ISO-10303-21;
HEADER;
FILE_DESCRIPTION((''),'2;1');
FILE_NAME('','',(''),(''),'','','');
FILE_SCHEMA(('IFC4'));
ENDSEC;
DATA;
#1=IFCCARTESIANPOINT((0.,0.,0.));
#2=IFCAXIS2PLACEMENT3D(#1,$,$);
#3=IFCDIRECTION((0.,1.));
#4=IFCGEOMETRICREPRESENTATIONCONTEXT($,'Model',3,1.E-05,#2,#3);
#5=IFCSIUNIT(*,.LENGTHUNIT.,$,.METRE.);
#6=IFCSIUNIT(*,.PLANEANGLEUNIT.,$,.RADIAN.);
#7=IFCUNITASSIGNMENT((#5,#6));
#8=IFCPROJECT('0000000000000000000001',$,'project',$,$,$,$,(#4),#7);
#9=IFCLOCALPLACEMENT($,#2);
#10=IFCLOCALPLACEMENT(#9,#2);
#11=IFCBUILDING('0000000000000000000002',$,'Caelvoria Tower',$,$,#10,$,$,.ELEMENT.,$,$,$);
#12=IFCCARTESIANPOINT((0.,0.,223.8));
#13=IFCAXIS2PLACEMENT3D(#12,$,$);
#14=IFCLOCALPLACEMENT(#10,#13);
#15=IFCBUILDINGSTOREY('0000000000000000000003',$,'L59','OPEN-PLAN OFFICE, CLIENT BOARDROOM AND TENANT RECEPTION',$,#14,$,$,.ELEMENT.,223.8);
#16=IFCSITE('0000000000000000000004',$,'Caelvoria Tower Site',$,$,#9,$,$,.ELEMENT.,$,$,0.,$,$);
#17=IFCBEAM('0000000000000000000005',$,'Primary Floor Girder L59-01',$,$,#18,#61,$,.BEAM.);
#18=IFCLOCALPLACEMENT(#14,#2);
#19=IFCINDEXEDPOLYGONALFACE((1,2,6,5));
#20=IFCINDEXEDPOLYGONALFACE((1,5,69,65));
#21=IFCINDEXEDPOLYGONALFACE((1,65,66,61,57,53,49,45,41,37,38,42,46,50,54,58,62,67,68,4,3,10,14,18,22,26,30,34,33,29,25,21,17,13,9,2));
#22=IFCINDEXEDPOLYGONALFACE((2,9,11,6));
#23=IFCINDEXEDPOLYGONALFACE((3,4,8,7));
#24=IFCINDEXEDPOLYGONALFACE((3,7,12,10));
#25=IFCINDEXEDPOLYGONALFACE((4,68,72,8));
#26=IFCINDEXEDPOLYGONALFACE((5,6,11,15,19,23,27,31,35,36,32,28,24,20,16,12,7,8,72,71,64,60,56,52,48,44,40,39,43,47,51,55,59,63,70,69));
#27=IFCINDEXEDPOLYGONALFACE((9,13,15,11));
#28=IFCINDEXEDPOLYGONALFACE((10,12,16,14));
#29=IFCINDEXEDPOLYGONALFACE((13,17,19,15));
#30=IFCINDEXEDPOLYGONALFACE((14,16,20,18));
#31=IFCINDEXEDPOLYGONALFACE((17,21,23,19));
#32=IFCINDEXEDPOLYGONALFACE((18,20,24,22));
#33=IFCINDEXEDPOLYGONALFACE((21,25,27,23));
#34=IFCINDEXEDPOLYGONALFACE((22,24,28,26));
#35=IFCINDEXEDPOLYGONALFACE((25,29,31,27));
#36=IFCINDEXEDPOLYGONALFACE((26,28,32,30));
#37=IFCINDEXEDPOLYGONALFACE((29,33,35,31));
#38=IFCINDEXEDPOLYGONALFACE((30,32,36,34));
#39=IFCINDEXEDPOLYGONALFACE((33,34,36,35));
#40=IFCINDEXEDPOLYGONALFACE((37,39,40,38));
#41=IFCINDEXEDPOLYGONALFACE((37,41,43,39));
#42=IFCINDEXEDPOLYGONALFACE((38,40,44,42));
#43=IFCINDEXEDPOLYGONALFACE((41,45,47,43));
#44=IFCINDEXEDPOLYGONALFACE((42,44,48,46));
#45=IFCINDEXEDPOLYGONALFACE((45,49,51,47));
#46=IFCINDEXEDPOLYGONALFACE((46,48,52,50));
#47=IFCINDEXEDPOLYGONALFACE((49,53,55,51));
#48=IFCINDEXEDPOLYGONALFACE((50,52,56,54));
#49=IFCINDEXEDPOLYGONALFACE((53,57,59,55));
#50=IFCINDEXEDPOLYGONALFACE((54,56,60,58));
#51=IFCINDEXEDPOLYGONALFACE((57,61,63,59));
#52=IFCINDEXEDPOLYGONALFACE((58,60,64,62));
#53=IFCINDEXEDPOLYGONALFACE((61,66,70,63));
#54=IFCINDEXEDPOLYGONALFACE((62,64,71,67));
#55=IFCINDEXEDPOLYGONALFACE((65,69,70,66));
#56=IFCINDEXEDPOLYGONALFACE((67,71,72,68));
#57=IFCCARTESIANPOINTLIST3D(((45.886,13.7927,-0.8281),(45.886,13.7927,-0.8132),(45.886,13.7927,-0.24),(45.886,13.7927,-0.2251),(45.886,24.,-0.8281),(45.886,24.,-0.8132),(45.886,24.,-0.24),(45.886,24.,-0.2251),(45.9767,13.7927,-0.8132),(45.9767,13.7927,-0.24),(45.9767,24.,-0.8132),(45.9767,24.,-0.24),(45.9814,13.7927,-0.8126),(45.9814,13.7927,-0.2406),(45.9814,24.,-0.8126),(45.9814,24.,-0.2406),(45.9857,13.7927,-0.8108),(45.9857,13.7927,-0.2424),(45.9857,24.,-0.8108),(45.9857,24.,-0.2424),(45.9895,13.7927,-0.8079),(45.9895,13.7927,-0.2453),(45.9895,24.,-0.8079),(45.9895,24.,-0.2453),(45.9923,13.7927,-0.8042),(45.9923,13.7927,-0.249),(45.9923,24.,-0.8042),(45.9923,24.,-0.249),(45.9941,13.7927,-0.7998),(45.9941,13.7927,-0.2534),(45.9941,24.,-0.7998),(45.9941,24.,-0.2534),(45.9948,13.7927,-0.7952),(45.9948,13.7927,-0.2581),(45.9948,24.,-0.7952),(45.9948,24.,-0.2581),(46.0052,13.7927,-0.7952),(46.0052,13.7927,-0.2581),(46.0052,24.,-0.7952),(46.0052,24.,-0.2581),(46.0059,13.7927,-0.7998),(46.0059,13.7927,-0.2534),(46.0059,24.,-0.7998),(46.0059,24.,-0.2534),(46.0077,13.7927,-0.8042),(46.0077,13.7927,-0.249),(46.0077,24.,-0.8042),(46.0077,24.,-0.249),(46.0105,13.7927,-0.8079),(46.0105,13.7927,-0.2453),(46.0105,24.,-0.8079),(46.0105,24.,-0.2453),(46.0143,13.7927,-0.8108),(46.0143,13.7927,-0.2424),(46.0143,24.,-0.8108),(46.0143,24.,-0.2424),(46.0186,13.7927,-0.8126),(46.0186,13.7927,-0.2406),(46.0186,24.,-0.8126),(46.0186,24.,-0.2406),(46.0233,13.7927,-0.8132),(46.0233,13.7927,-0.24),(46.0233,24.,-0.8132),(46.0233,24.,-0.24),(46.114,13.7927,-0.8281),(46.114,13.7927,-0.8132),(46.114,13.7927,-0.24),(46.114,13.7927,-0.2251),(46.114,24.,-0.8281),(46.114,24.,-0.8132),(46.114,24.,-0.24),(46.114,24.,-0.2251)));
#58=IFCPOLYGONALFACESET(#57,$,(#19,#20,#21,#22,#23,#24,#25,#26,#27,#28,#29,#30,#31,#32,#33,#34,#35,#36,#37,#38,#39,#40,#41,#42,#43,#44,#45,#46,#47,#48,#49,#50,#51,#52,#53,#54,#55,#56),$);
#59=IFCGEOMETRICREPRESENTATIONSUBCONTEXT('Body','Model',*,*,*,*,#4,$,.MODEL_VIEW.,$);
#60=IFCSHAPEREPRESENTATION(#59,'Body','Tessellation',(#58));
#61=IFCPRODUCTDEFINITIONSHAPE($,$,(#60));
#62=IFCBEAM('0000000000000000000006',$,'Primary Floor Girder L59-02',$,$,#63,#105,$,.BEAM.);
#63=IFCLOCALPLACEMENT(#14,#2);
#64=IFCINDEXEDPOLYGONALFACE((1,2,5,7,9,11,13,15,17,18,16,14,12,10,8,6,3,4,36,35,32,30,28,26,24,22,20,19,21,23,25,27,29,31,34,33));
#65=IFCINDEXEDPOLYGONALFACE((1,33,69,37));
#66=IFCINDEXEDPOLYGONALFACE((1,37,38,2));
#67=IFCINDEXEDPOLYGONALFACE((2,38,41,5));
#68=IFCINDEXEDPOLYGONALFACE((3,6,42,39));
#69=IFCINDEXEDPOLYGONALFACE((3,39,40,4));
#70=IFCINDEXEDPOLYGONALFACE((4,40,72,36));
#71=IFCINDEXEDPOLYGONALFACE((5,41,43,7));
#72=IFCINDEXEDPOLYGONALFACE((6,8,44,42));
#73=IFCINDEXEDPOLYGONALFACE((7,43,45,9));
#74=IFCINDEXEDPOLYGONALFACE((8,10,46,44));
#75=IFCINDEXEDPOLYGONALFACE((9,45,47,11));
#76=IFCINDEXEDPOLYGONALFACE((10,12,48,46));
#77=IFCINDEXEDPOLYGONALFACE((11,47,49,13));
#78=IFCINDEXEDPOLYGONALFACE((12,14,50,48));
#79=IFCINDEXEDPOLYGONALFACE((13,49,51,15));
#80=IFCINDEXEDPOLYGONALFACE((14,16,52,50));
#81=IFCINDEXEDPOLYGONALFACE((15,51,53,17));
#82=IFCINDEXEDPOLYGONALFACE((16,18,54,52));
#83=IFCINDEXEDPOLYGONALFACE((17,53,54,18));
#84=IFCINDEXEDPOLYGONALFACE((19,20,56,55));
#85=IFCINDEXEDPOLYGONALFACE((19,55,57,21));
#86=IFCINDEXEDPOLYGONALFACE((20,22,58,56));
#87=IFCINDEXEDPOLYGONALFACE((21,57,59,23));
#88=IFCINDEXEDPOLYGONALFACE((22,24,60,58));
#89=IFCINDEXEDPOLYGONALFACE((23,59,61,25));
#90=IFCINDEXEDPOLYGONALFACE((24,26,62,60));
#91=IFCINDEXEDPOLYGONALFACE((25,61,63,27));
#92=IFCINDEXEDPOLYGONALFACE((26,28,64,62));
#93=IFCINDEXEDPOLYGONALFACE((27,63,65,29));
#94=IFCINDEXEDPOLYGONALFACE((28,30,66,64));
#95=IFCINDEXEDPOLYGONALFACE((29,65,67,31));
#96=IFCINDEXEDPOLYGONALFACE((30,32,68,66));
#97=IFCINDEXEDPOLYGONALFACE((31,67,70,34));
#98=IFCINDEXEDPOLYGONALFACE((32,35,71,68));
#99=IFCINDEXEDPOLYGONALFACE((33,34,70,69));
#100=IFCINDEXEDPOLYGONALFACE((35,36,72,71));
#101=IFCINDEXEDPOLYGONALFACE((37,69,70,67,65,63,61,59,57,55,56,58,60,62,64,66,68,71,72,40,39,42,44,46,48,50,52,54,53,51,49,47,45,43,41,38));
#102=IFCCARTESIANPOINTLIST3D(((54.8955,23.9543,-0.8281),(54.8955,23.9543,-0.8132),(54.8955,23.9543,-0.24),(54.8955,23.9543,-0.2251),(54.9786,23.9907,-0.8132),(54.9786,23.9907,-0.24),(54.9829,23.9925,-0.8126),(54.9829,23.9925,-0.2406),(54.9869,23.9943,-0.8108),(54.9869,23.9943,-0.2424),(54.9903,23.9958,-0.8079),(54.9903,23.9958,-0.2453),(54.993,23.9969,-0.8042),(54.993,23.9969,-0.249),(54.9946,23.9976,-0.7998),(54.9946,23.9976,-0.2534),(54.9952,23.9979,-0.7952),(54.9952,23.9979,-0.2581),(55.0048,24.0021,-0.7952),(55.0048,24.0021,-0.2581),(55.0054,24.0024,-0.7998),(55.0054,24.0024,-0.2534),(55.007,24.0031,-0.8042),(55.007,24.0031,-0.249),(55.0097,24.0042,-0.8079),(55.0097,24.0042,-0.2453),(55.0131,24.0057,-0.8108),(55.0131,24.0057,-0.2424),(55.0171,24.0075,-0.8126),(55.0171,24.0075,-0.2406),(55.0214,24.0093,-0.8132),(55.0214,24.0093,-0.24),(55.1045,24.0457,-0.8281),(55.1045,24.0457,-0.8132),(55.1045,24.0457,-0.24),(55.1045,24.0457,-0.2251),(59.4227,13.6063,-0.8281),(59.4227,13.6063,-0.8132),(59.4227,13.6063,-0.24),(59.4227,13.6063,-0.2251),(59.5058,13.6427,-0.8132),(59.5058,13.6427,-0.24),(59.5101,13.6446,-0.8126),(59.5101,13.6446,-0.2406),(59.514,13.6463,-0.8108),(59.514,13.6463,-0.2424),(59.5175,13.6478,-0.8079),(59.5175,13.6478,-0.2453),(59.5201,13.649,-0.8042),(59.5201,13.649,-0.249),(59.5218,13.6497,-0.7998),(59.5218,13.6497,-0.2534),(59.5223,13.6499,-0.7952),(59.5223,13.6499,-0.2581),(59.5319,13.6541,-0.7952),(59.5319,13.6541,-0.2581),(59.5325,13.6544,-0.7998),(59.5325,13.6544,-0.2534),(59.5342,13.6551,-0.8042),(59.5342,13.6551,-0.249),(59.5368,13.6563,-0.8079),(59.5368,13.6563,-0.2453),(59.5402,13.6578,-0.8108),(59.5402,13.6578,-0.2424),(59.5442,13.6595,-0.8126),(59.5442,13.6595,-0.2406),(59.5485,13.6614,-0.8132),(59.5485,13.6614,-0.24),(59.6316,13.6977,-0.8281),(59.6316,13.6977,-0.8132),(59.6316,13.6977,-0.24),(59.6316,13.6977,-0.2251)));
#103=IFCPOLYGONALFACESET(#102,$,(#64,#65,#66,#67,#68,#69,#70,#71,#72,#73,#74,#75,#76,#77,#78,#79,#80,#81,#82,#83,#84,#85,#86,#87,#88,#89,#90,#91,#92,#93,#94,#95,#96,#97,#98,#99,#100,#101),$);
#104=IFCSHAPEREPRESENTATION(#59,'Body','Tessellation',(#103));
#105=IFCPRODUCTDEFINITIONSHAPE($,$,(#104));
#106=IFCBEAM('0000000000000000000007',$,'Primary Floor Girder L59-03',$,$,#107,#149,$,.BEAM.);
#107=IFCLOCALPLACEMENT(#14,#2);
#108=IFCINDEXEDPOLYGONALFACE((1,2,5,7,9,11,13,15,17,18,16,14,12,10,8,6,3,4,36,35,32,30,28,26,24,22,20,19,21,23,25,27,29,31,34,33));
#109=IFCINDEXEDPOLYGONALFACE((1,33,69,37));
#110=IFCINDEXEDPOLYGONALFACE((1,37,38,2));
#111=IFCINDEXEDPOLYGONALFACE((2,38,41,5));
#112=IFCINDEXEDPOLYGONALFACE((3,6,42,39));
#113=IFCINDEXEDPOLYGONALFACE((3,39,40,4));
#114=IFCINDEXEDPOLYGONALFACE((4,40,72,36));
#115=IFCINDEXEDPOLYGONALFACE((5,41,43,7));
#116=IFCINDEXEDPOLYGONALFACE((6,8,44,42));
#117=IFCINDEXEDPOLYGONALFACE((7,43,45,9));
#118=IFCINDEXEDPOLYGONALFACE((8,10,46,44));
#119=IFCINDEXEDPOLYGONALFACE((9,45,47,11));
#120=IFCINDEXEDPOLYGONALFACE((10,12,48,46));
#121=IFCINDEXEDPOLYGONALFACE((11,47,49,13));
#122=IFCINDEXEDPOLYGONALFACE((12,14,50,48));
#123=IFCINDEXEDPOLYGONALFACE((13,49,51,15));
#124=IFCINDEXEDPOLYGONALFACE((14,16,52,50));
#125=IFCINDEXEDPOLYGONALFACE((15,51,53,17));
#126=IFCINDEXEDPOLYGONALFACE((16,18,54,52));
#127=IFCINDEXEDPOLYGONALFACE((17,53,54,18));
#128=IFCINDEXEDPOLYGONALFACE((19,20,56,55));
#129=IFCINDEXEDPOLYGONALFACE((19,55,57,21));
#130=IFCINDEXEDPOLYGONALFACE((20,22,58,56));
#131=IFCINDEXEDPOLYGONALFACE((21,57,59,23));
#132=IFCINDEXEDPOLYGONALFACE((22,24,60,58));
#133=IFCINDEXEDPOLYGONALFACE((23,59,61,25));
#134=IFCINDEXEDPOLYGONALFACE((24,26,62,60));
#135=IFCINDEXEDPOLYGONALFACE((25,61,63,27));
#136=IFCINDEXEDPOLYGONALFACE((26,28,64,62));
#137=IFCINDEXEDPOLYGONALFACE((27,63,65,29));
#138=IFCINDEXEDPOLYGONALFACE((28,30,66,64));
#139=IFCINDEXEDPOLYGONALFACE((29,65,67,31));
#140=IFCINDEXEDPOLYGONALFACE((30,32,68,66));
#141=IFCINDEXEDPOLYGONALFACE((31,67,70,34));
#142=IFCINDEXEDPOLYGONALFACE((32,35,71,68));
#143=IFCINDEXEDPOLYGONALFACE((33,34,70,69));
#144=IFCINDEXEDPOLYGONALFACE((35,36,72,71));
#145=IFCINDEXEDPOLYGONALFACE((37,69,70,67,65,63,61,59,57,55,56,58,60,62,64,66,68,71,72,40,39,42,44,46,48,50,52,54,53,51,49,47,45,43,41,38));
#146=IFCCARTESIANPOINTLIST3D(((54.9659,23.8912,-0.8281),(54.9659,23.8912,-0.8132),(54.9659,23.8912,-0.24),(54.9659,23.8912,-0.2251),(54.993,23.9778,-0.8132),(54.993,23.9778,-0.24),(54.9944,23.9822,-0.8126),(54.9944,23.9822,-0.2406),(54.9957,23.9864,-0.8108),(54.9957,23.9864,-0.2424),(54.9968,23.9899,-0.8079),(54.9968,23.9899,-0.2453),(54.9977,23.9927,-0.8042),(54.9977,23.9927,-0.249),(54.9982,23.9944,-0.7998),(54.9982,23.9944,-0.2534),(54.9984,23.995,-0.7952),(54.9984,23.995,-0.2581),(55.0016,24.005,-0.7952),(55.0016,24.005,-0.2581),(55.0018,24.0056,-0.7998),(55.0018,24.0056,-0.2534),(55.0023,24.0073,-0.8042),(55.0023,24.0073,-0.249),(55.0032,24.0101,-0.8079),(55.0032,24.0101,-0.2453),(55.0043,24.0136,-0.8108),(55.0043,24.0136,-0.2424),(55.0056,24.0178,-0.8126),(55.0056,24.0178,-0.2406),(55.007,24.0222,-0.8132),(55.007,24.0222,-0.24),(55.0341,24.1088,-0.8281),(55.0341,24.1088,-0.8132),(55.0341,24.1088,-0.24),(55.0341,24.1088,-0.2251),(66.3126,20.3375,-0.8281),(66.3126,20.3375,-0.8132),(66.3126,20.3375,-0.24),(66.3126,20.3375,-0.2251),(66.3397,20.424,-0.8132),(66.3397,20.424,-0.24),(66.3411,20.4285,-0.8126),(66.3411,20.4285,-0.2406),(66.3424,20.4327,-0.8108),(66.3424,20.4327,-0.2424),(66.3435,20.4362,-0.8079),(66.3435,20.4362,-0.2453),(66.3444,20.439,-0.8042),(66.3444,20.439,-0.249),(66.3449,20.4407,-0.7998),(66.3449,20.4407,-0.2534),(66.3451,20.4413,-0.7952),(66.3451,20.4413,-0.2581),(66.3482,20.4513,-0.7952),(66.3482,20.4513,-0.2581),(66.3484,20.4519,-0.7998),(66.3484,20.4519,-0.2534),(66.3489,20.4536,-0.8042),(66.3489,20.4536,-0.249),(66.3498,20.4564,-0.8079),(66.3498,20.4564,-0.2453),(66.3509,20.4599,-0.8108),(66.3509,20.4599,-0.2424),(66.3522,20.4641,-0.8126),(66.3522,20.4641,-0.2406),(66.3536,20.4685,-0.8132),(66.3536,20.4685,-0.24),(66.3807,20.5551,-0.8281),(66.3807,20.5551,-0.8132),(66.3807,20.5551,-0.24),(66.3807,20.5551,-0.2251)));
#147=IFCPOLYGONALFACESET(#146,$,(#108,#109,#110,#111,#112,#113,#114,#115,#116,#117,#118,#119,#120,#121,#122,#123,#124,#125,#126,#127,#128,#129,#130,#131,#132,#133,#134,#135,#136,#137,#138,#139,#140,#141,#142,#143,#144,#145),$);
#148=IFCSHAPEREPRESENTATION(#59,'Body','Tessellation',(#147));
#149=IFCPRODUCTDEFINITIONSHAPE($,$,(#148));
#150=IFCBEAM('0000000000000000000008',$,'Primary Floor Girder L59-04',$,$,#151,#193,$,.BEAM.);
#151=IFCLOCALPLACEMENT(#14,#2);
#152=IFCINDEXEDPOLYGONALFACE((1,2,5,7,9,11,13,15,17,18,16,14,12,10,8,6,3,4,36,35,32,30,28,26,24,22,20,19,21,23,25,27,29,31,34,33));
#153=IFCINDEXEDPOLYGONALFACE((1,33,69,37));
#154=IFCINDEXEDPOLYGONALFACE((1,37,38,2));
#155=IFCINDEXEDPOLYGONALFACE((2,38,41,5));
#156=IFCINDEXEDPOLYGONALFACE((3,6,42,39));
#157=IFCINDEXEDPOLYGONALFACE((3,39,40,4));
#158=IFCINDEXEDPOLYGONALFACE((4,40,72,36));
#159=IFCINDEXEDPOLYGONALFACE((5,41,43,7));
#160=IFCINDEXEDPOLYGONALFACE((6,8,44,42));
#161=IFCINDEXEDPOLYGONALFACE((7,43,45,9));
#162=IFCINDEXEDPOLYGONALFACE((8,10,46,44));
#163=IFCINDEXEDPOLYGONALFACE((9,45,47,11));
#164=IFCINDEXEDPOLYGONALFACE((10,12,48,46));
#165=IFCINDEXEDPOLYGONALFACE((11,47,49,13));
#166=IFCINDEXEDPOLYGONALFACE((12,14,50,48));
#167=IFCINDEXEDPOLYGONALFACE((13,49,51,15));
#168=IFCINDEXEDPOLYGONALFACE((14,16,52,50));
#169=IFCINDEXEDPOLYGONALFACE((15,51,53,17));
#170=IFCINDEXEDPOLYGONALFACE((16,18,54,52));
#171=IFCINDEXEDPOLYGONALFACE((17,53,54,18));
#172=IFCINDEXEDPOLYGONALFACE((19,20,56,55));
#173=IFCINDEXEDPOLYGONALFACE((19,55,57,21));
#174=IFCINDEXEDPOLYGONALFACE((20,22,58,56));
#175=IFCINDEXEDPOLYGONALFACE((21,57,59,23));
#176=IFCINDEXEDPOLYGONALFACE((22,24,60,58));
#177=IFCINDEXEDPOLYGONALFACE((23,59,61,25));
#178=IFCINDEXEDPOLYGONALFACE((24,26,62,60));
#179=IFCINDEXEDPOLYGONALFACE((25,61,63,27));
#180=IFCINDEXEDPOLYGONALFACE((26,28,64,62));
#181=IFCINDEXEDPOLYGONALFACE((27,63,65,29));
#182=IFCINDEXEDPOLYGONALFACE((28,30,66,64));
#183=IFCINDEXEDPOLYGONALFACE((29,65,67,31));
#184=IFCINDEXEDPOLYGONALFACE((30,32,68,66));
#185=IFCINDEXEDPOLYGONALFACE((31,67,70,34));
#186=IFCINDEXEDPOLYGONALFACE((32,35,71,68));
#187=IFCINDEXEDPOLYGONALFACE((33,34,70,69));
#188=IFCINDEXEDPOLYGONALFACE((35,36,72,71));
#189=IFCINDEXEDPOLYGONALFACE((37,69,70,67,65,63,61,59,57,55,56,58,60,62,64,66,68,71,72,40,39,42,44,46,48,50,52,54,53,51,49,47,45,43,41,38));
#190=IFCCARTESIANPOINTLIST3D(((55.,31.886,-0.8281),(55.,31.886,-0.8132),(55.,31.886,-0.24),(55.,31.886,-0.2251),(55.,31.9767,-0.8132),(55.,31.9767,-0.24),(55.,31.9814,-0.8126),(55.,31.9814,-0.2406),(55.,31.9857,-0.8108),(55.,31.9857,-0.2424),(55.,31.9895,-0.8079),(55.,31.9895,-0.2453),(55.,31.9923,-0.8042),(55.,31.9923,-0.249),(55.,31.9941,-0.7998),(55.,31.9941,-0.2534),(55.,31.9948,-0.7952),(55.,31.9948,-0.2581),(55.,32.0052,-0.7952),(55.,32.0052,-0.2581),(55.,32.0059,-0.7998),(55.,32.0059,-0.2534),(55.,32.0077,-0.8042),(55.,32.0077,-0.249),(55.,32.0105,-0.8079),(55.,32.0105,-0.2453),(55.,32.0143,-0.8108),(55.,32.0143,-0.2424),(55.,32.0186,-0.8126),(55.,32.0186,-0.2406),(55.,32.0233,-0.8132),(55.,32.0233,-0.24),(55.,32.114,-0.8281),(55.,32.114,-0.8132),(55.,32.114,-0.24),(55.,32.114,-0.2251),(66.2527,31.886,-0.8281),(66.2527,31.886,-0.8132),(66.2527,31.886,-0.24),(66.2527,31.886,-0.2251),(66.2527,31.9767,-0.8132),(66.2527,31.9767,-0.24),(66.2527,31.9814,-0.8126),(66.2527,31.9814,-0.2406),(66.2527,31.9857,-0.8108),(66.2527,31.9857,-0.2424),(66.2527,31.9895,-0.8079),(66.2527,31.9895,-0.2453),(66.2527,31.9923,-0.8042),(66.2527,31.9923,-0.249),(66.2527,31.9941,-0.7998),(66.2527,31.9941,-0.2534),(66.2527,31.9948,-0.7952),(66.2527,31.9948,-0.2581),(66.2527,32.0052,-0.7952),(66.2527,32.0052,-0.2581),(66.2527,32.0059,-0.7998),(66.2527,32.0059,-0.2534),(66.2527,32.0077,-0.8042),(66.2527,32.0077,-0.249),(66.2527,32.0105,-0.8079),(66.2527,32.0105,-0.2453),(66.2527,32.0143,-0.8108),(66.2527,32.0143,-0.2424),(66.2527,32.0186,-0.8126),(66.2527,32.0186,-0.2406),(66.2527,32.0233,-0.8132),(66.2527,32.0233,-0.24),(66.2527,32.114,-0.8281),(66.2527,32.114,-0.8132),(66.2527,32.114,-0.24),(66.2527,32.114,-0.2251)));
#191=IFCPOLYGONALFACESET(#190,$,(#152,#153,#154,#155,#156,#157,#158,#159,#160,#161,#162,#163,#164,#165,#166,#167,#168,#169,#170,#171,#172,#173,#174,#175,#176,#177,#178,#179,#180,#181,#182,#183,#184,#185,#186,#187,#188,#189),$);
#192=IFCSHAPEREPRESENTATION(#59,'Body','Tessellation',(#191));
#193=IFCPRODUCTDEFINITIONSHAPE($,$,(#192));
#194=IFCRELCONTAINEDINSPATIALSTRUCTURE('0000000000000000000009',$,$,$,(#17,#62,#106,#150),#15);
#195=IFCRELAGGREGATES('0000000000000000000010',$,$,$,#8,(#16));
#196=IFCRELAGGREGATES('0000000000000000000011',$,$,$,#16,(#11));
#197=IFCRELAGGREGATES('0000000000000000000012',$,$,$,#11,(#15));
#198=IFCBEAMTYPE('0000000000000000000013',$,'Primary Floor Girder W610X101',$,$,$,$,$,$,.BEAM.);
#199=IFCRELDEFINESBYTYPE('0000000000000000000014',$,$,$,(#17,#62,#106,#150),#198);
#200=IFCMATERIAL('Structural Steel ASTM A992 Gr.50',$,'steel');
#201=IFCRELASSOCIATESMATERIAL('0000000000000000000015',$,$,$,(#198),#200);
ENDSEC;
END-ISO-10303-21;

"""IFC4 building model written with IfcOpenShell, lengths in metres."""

from ifc_helpers import new_model, si_unit, direction, frame, origin, origin_2d, place, context, subcontext, project, spatial, i_section, extrude, material, material_profile, profile_set, type_object, element, save


model = new_model("IFC4")

# Units and contexts
model_context = context("Model", 3, precision=1e-05, world=origin(), true_north=direction((0.0, 1.0)))
body_context = subcontext(model_context, "Body", "Model", "MODEL_VIEW")
ifc_project = project(units=[si_unit("LENGTHUNIT", "METRE"), si_unit("PLANEANGLEUNIT", "RADIAN")], contexts=[model_context])

# Site, building, storey
site_placement = place(None, origin())
site = spatial("IfcSite", under=ifc_project, at=site_placement, Name="Caelvoria Tower Site", CompositionType="ELEMENT", RefElevation=0.0)
building_placement = place(site_placement, origin())
building = spatial("IfcBuilding", under=site, at=building_placement, Name="Caelvoria Tower", CompositionType="ELEMENT")
storey_placement = place(building_placement, frame((0.0, 0.0, 223.8)))
storey = spatial("IfcBuildingStorey", under=building, at=storey_placement, Name="L59", Description="OPEN-PLAN OFFICE, CLIENT BOARDROOM AND TENANT RECEPTION", CompositionType="ELEMENT", Elevation=223.8)

# Beams
ifc_material_1 = material(Name="Structural Steel ASTM A992 Gr.50", Category="steel")
ifc_material_profile_1 = material_profile(ifc_material_1, i_section(OverallWidth=0.228, OverallDepth=0.603, WebThickness=0.0105, FlangeThickness=0.0149, FilletRadius=0.0181, at=origin_2d()), Name="Structural Steel ASTM A992 Gr.50")
ifc_profile_set_1 = profile_set([ifc_material_profile_1], Name="W610X101 - Structural Steel ASTM A992 Gr.50")
beam_type_1 = type_object("IfcBeamType", Name="Primary Floor Girder W610X101", PredefinedType="BEAM", material=ifc_profile_set_1)
beam_1_placement = place(storey_placement, frame((46.0, 24.0, -0.5266), z_axis=(0.0, -1.0, 0.0), x_axis=(1.0, 0.0, 0.0)))
element("IfcBeam", 1, at=beam_1_placement, inside=storey, type_object=beam_type_1, Name="Primary Floor Girder L59-01", PredefinedType="BEAM", context=body_context, shape_type="SweptSolid", body=[
    extrude(i_section(OverallWidth=0.228, OverallDepth=0.603, WebThickness=0.0105, FlangeThickness=0.0149, FilletRadius=0.0181, at=origin_2d()), origin(), (0.0, 0.0, 1.0), 10.2073),
])
beam_2_placement = place(storey_placement, frame((55.0, 24.0, -0.5266), z_axis=(0.400811, -0.916161, 0.0), x_axis=(0.916161, 0.400811, 0.0)))
element("IfcBeam", 2, at=beam_2_placement, inside=storey, type_object=beam_type_1, Name="Primary Floor Girder L59-02", PredefinedType="BEAM", context=body_context, shape_type="SweptSolid", body=[
    extrude(i_section(OverallWidth=0.228, OverallDepth=0.603, WebThickness=0.0105, FlangeThickness=0.0149, FilletRadius=0.0181, at=origin_2d()), origin(), (0.0, 0.0, 1.0), 11.2949),
])
beam_3_placement = place(storey_placement, frame((55.0, 24.0, -0.5266), z_axis=(0.954291, -0.298878, 0.0), x_axis=(0.298878, 0.954291, 0.0)))
element("IfcBeam", 3, at=beam_3_placement, inside=storey, type_object=beam_type_1, Name="Primary Floor Girder L59-03", PredefinedType="BEAM", context=body_context, shape_type="SweptSolid", body=[
    extrude(i_section(OverallWidth=0.228, OverallDepth=0.603, WebThickness=0.0105, FlangeThickness=0.0149, FilletRadius=0.0181, at=origin_2d()), origin(), (0.0, 0.0, 1.0), 11.8901),
])
beam_4_placement = place(storey_placement, frame((55.0, 32.0, -0.5266), z_axis=(1.0, 0.0, 0.0), x_axis=(0.0, 1.0, 0.0)))
element("IfcBeam", 4, at=beam_4_placement, inside=storey, type_object=beam_type_1, Name="Primary Floor Girder L59-04", PredefinedType="BEAM", context=body_context, shape_type="SweptSolid", body=[
    extrude(i_section(OverallWidth=0.228, OverallDepth=0.603, WebThickness=0.0105, FlangeThickness=0.0149, FilletRadius=0.0181, at=origin_2d()), origin(), (0.0, 0.0, 1.0), 11.2527),
])

save(model, "model.ifc")
